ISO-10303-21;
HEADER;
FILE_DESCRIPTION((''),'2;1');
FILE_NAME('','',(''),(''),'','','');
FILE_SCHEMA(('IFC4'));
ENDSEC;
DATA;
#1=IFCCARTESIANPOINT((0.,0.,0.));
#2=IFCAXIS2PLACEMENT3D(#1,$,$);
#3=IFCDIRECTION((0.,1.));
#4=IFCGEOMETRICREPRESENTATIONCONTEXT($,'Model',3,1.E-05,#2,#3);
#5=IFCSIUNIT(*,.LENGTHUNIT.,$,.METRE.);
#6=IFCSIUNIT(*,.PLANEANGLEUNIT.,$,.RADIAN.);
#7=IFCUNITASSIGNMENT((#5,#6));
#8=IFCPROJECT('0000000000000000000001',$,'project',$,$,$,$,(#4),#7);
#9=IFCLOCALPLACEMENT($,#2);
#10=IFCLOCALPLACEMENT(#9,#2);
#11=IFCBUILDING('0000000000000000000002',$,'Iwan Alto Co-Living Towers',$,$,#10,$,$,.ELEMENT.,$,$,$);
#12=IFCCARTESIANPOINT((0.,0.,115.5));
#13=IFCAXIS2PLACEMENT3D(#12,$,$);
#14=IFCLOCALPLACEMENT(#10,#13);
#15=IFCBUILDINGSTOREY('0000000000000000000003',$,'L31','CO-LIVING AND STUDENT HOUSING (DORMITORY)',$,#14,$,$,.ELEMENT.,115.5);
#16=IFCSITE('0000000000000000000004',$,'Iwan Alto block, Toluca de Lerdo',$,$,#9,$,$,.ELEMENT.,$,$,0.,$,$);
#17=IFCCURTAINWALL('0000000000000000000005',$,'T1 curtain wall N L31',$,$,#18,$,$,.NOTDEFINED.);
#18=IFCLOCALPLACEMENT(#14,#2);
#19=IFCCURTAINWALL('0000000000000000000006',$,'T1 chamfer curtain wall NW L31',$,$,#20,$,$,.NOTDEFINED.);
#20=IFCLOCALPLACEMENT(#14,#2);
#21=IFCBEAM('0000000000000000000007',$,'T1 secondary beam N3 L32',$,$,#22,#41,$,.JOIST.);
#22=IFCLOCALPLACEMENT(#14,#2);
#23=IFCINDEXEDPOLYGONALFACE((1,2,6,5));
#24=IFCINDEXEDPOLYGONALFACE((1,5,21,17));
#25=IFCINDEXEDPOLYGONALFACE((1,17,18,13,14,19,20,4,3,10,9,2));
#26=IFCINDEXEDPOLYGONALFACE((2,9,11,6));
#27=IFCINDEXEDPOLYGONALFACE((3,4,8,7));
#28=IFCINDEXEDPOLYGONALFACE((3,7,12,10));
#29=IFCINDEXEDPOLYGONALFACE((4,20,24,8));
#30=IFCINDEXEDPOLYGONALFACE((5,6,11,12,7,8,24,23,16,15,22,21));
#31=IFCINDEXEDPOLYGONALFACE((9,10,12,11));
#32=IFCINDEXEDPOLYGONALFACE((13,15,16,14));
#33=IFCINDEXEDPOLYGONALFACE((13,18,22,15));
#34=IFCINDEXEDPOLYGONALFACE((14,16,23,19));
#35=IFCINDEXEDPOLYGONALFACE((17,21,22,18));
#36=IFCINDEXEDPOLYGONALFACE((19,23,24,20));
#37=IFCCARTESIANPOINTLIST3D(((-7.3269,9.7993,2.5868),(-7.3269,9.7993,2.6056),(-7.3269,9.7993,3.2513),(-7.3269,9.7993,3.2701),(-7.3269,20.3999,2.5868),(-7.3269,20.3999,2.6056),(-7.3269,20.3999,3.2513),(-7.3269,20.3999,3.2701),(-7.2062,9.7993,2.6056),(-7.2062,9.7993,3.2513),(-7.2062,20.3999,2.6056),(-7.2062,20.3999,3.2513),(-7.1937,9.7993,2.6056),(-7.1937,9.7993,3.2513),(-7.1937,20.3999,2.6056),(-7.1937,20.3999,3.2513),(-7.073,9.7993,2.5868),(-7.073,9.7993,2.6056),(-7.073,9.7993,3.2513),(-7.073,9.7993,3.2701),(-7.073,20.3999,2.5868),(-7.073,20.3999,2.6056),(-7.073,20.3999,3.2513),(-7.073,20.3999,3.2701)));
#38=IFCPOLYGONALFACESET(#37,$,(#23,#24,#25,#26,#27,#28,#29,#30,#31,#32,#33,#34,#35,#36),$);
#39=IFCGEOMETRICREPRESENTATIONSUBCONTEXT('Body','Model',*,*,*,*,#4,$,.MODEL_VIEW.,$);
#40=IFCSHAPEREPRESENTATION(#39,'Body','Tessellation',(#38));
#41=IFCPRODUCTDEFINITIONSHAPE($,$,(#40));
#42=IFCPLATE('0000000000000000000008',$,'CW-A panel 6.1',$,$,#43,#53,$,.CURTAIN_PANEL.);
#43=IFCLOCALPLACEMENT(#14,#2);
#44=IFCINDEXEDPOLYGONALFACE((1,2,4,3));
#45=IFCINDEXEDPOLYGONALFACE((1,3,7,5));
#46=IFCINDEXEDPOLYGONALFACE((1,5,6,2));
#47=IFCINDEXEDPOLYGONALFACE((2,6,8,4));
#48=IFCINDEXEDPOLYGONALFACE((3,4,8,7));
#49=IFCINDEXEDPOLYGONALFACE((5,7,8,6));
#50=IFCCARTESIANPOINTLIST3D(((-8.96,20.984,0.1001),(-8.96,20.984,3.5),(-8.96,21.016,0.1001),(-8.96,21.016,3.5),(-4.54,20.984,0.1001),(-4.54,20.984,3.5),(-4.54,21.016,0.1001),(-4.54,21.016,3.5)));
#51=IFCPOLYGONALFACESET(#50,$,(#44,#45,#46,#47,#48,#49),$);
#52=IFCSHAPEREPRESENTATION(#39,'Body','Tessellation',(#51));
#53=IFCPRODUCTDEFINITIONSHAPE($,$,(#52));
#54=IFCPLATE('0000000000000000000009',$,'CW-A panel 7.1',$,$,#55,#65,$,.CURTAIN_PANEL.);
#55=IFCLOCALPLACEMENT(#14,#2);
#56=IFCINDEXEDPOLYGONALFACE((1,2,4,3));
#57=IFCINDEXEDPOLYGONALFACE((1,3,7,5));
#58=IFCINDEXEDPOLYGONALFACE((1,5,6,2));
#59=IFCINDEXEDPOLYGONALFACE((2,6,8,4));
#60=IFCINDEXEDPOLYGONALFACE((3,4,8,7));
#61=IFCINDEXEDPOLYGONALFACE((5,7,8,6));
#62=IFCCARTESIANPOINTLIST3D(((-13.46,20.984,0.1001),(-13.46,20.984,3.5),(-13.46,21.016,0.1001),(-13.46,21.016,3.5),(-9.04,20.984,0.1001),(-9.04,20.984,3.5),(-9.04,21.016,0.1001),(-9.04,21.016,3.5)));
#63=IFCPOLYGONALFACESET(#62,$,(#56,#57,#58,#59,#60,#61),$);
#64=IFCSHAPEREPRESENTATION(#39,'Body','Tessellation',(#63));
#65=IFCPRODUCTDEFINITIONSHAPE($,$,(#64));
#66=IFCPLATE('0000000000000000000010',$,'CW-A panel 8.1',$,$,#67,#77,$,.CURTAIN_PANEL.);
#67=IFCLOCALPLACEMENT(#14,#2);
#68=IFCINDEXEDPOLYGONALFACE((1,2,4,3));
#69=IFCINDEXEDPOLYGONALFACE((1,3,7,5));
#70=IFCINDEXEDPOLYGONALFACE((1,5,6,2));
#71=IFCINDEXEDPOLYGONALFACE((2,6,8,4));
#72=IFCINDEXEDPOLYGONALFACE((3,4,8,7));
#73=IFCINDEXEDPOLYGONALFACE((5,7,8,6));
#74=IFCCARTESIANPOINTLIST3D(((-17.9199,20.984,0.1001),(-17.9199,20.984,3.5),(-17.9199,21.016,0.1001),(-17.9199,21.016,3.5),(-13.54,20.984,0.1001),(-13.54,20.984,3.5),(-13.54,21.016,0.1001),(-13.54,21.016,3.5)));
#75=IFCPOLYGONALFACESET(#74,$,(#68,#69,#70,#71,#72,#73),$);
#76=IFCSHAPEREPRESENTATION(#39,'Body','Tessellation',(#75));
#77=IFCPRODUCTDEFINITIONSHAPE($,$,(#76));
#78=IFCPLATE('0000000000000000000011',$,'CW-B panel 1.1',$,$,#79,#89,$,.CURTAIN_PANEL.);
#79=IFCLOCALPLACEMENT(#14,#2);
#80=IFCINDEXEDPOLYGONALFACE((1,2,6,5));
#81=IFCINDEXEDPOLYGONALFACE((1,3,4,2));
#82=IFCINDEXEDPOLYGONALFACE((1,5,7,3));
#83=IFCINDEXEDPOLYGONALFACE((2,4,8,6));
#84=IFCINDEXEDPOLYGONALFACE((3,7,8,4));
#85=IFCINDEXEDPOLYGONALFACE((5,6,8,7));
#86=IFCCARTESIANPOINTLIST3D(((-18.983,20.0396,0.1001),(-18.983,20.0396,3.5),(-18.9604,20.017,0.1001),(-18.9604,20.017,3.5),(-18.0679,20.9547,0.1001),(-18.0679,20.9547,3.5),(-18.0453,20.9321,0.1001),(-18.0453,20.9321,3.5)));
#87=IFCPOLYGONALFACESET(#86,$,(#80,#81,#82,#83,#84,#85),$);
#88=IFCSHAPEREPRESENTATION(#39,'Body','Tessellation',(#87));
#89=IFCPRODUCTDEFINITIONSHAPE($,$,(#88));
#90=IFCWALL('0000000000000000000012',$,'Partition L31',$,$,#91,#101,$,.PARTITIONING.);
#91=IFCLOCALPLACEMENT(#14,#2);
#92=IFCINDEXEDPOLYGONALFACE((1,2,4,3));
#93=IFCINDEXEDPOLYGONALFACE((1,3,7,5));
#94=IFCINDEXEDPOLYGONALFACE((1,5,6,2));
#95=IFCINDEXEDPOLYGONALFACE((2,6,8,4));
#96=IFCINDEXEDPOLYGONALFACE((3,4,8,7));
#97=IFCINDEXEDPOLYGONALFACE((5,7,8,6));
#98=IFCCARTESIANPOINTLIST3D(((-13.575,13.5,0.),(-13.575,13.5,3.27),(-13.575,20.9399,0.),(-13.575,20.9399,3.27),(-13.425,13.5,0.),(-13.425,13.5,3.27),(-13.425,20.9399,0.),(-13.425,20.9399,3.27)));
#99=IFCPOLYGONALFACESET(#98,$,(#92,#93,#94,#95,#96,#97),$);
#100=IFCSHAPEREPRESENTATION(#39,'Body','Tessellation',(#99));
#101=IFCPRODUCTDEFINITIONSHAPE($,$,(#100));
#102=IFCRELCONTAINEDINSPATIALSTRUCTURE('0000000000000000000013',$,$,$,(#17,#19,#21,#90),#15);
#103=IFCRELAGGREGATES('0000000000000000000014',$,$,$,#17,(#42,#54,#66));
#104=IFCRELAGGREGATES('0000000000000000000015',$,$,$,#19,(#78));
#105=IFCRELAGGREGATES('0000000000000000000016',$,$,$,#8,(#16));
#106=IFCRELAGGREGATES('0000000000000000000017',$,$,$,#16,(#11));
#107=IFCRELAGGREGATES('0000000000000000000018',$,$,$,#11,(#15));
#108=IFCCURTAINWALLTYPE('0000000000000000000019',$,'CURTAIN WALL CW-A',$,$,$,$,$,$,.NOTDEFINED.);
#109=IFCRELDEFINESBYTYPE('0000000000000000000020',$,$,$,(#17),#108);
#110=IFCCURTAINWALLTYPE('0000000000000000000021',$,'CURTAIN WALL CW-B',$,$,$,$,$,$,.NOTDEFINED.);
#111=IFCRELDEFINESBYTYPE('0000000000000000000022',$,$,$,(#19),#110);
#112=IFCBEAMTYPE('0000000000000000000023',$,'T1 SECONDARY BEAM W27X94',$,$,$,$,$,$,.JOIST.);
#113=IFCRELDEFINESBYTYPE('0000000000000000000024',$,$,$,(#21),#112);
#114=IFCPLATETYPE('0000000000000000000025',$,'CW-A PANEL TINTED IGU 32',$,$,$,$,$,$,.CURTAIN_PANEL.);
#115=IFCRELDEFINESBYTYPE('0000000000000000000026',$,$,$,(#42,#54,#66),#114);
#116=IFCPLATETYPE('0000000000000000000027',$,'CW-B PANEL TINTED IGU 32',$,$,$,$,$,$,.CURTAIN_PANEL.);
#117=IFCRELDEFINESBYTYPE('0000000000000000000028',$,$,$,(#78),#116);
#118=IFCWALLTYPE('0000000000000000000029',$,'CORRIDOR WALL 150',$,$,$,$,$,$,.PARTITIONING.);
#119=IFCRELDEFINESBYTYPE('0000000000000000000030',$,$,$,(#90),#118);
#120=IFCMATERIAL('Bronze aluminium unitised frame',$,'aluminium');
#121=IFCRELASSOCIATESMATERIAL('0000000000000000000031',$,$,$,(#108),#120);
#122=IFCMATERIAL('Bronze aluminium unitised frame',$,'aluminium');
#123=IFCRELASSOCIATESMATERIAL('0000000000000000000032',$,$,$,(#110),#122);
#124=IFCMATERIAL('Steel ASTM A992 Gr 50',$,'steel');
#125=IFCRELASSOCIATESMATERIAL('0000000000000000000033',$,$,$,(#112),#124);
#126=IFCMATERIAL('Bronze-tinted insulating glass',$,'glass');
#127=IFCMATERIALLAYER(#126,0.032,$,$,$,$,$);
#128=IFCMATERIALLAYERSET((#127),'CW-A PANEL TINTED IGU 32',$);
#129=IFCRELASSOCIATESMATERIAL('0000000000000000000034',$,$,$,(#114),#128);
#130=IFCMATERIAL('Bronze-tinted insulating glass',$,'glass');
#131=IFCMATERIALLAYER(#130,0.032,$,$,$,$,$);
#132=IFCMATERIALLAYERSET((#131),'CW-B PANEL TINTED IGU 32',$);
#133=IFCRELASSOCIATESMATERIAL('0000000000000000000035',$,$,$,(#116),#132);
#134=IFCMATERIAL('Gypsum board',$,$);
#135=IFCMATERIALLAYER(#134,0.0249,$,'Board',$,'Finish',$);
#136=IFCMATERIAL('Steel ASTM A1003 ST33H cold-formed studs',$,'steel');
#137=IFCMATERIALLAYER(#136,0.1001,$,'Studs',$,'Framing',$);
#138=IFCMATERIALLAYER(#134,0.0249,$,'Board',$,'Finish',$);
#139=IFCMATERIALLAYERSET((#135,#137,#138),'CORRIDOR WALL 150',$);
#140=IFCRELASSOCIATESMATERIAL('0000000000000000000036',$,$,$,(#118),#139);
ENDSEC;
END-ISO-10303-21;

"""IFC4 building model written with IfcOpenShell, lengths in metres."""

from ifc_helpers import new_model, si_unit, direction, frame, frame_2d, origin, origin_2d, place, context, subcontext, project, spatial, rectangle, i_section, extrude, material, layer, layer_set, material_profile, profile_set, type_object, element, aggregate, save


model = new_model("IFC4")

# Units and contexts
model_context = context("Model", 3, precision=1e-05, world=origin(), true_north=direction((0.0, 1.0)))
body_context = subcontext(model_context, "Body", "Model", "MODEL_VIEW")
ifc_project = project(units=[si_unit("LENGTHUNIT", "METRE"), si_unit("PLANEANGLEUNIT", "RADIAN")], contexts=[model_context])

# Site, building, storey
site_placement = place(None, origin())
site = spatial("IfcSite", under=ifc_project, at=site_placement, Name="Iwan Alto block, Toluca de Lerdo", CompositionType="ELEMENT", RefElevation=0.0)
building_placement = place(site_placement, origin())
building = spatial("IfcBuilding", under=site, at=building_placement, Name="Iwan Alto Co-Living Towers", CompositionType="ELEMENT")
storey_placement = place(building_placement, frame((0.0, 0.0, 115.5)))
storey = spatial("IfcBuildingStorey", under=building, at=storey_placement, Name="L31", Description="CO-LIVING AND STUDENT HOUSING (DORMITORY)", CompositionType="ELEMENT", Elevation=115.5)

# Curtain walls
ifc_material_1 = material(Name="Bronze aluminium unitised frame", Category="aluminium")
curtain_wall_type_1 = type_object("IfcCurtainWallType", Name="CURTAIN WALL CW-A", PredefinedType="NOTDEFINED", material=ifc_material_1)
curtain_wall_1_placement = place(storey_placement, origin())
curtain_wall_1 = element("IfcCurtainWall", 1, at=curtain_wall_1_placement, inside=storey, type_object=curtain_wall_type_1, Name="T1 curtain wall N L31", PredefinedType="NOTDEFINED")
ifc_material_2 = material(Name="Bronze aluminium unitised frame", Category="aluminium")
curtain_wall_type_2 = type_object("IfcCurtainWallType", Name="CURTAIN WALL CW-B", PredefinedType="NOTDEFINED", material=ifc_material_2)
curtain_wall_2_placement = place(storey_placement, origin())
curtain_wall_2 = element("IfcCurtainWall", 2, at=curtain_wall_2_placement, inside=storey, type_object=curtain_wall_type_2, Name="T1 chamfer curtain wall NW L31", PredefinedType="NOTDEFINED")

# Beam
ifc_material_3 = material(Name="Steel ASTM A992 Gr 50", Category="steel")
ifc_material_profile_1 = material_profile(ifc_material_3, i_section(OverallWidth=0.2539, OverallDepth=0.6833, WebThickness=0.0125, FlangeThickness=0.0188, at=origin_2d()), Name="W27X94")
ifc_profile_set_1 = profile_set([ifc_material_profile_1], Name="Steel ASTM A992 Gr 50")
beam_type_1 = type_object("IfcBeamType", Name="T1 SECONDARY BEAM W27X94", PredefinedType="JOIST", material=ifc_profile_set_1)
beam_1_placement = place(storey_placement, frame((-7.2, 20.3999, 2.9285), z_axis=(0.0, -1.0, 0.0), x_axis=(1.0, 0.0, 0.0)))
element("IfcBeam", 3, at=beam_1_placement, inside=storey, type_object=beam_type_1, Name="T1 secondary beam N3 L32", PredefinedType="JOIST", context=body_context, shape_type="SweptSolid", body=[
    extrude(i_section(OverallWidth=0.2539, OverallDepth=0.6833, WebThickness=0.0125, FlangeThickness=0.0188, at=origin_2d()), origin(), (0.0, 0.0, 1.0), 10.6006),
])

# Plates
ifc_material_4 = material(Name="Bronze-tinted insulating glass", Category="glass")
ifc_layer_1 = layer(ifc_material_4, 0.032)
ifc_layer_set_1 = layer_set([ifc_layer_1], Name="CW-A PANEL TINTED IGU 32")
plate_type_1 = type_object("IfcPlateType", Name="CW-A PANEL TINTED IGU 32", PredefinedType="CURTAIN_PANEL", material=ifc_layer_set_1)
plate_1_placement = place(storey_placement, frame((-6.75, 21.0, 0.1001), z_axis=(0.0, 0.0, 1.0), x_axis=(-1.0, 0.0, 0.0)))
plate_1 = element("IfcPlate", 4, at=plate_1_placement, type_object=plate_type_1, Name="CW-A panel 6.1", PredefinedType="CURTAIN_PANEL", context=body_context, shape_type="SweptSolid", body=[
    extrude(rectangle(XDim=4.4199, YDim=0.032, at=origin_2d()), origin(), (0.0, 0.0, 1.0), 3.3999),
])
plate_2_placement = place(storey_placement, frame((-11.25, 21.0, 0.1001), z_axis=(0.0, 0.0, 1.0), x_axis=(-1.0, 0.0, 0.0)))
plate_2 = element("IfcPlate", 5, at=plate_2_placement, type_object=plate_type_1, Name="CW-A panel 7.1", PredefinedType="CURTAIN_PANEL", context=body_context, shape_type="SweptSolid", body=[
    extrude(rectangle(XDim=4.4199, YDim=0.032, at=origin_2d()), origin(), (0.0, 0.0, 1.0), 3.3999),
])
plate_3_placement = place(storey_placement, frame((-15.73, 21.0, 0.1001), z_axis=(0.0, 0.0, 1.0), x_axis=(-1.0, 0.0, 0.0)))
plate_3 = element("IfcPlate", 6, at=plate_3_placement, type_object=plate_type_1, Name="CW-A panel 8.1", PredefinedType="CURTAIN_PANEL", context=body_context, shape_type="SweptSolid", body=[
    extrude(rectangle(XDim=4.3799, YDim=0.032, at=origin_2d()), origin(), (0.0, 0.0, 1.0), 3.3999),
])
aggregate(curtain_wall_1, [plate_1, plate_2, plate_3])
ifc_material_5 = material(Name="Bronze-tinted insulating glass", Category="glass")
ifc_layer_2 = layer(ifc_material_5, 0.032)
ifc_layer_set_2 = layer_set([ifc_layer_2], Name="CW-B PANEL TINTED IGU 32")
plate_type_2 = type_object("IfcPlateType", Name="CW-B PANEL TINTED IGU 32", PredefinedType="CURTAIN_PANEL", material=ifc_layer_set_2)
plate_4_placement = place(storey_placement, frame((-18.5142, 20.4858, 0.1001), z_axis=(0.0, 0.0, 1.0), x_axis=(-0.707107, -0.707107, 0.0)))
plate_4 = element("IfcPlate", 7, at=plate_4_placement, type_object=plate_type_2, Name="CW-B panel 1.1", PredefinedType="CURTAIN_PANEL", context=body_context, shape_type="SweptSolid", body=[
    extrude(rectangle(XDim=1.2942, YDim=0.032, at=origin_2d()), origin(), (0.0, 0.0, 1.0), 3.3999),
])
aggregate(curtain_wall_2, [plate_4])

# Wall
ifc_material_6 = material(Name="Gypsum board")
ifc_layer_3 = layer(ifc_material_6, 0.0249, Name="Board", Category="Finish")
ifc_material_7 = material(Name="Steel ASTM A1003 ST33H cold-formed studs", Category="steel")
ifc_layer_4 = layer(ifc_material_7, 0.1001, Name="Studs", Category="Framing")
ifc_layer_5 = layer(ifc_material_6, 0.0249, Name="Board", Category="Finish")
ifc_layer_set_3 = layer_set([ifc_layer_3, ifc_layer_4, ifc_layer_5], Name="CORRIDOR WALL 150")
wall_type_1 = type_object("IfcWallType", Name="CORRIDOR WALL 150", PredefinedType="PARTITIONING", material=ifc_layer_set_3)
wall_1_placement = place(storey_placement, frame((-13.5, 13.5, 0.0), z_axis=(0.0, 0.0, 1.0), x_axis=(0.0, 1.0, 0.0)))
element("IfcWall", 8, at=wall_1_placement, inside=storey, type_object=wall_type_1, Name="Partition L31", PredefinedType="PARTITIONING", context=body_context, shape_type="SweptSolid", body=[
    extrude(rectangle(XDim=7.4399, YDim=0.1499, at=frame_2d((3.72, 0.0))), origin(), (0.0, 0.0, 1.0), 3.27),
])

save(model, "model.ifc")
